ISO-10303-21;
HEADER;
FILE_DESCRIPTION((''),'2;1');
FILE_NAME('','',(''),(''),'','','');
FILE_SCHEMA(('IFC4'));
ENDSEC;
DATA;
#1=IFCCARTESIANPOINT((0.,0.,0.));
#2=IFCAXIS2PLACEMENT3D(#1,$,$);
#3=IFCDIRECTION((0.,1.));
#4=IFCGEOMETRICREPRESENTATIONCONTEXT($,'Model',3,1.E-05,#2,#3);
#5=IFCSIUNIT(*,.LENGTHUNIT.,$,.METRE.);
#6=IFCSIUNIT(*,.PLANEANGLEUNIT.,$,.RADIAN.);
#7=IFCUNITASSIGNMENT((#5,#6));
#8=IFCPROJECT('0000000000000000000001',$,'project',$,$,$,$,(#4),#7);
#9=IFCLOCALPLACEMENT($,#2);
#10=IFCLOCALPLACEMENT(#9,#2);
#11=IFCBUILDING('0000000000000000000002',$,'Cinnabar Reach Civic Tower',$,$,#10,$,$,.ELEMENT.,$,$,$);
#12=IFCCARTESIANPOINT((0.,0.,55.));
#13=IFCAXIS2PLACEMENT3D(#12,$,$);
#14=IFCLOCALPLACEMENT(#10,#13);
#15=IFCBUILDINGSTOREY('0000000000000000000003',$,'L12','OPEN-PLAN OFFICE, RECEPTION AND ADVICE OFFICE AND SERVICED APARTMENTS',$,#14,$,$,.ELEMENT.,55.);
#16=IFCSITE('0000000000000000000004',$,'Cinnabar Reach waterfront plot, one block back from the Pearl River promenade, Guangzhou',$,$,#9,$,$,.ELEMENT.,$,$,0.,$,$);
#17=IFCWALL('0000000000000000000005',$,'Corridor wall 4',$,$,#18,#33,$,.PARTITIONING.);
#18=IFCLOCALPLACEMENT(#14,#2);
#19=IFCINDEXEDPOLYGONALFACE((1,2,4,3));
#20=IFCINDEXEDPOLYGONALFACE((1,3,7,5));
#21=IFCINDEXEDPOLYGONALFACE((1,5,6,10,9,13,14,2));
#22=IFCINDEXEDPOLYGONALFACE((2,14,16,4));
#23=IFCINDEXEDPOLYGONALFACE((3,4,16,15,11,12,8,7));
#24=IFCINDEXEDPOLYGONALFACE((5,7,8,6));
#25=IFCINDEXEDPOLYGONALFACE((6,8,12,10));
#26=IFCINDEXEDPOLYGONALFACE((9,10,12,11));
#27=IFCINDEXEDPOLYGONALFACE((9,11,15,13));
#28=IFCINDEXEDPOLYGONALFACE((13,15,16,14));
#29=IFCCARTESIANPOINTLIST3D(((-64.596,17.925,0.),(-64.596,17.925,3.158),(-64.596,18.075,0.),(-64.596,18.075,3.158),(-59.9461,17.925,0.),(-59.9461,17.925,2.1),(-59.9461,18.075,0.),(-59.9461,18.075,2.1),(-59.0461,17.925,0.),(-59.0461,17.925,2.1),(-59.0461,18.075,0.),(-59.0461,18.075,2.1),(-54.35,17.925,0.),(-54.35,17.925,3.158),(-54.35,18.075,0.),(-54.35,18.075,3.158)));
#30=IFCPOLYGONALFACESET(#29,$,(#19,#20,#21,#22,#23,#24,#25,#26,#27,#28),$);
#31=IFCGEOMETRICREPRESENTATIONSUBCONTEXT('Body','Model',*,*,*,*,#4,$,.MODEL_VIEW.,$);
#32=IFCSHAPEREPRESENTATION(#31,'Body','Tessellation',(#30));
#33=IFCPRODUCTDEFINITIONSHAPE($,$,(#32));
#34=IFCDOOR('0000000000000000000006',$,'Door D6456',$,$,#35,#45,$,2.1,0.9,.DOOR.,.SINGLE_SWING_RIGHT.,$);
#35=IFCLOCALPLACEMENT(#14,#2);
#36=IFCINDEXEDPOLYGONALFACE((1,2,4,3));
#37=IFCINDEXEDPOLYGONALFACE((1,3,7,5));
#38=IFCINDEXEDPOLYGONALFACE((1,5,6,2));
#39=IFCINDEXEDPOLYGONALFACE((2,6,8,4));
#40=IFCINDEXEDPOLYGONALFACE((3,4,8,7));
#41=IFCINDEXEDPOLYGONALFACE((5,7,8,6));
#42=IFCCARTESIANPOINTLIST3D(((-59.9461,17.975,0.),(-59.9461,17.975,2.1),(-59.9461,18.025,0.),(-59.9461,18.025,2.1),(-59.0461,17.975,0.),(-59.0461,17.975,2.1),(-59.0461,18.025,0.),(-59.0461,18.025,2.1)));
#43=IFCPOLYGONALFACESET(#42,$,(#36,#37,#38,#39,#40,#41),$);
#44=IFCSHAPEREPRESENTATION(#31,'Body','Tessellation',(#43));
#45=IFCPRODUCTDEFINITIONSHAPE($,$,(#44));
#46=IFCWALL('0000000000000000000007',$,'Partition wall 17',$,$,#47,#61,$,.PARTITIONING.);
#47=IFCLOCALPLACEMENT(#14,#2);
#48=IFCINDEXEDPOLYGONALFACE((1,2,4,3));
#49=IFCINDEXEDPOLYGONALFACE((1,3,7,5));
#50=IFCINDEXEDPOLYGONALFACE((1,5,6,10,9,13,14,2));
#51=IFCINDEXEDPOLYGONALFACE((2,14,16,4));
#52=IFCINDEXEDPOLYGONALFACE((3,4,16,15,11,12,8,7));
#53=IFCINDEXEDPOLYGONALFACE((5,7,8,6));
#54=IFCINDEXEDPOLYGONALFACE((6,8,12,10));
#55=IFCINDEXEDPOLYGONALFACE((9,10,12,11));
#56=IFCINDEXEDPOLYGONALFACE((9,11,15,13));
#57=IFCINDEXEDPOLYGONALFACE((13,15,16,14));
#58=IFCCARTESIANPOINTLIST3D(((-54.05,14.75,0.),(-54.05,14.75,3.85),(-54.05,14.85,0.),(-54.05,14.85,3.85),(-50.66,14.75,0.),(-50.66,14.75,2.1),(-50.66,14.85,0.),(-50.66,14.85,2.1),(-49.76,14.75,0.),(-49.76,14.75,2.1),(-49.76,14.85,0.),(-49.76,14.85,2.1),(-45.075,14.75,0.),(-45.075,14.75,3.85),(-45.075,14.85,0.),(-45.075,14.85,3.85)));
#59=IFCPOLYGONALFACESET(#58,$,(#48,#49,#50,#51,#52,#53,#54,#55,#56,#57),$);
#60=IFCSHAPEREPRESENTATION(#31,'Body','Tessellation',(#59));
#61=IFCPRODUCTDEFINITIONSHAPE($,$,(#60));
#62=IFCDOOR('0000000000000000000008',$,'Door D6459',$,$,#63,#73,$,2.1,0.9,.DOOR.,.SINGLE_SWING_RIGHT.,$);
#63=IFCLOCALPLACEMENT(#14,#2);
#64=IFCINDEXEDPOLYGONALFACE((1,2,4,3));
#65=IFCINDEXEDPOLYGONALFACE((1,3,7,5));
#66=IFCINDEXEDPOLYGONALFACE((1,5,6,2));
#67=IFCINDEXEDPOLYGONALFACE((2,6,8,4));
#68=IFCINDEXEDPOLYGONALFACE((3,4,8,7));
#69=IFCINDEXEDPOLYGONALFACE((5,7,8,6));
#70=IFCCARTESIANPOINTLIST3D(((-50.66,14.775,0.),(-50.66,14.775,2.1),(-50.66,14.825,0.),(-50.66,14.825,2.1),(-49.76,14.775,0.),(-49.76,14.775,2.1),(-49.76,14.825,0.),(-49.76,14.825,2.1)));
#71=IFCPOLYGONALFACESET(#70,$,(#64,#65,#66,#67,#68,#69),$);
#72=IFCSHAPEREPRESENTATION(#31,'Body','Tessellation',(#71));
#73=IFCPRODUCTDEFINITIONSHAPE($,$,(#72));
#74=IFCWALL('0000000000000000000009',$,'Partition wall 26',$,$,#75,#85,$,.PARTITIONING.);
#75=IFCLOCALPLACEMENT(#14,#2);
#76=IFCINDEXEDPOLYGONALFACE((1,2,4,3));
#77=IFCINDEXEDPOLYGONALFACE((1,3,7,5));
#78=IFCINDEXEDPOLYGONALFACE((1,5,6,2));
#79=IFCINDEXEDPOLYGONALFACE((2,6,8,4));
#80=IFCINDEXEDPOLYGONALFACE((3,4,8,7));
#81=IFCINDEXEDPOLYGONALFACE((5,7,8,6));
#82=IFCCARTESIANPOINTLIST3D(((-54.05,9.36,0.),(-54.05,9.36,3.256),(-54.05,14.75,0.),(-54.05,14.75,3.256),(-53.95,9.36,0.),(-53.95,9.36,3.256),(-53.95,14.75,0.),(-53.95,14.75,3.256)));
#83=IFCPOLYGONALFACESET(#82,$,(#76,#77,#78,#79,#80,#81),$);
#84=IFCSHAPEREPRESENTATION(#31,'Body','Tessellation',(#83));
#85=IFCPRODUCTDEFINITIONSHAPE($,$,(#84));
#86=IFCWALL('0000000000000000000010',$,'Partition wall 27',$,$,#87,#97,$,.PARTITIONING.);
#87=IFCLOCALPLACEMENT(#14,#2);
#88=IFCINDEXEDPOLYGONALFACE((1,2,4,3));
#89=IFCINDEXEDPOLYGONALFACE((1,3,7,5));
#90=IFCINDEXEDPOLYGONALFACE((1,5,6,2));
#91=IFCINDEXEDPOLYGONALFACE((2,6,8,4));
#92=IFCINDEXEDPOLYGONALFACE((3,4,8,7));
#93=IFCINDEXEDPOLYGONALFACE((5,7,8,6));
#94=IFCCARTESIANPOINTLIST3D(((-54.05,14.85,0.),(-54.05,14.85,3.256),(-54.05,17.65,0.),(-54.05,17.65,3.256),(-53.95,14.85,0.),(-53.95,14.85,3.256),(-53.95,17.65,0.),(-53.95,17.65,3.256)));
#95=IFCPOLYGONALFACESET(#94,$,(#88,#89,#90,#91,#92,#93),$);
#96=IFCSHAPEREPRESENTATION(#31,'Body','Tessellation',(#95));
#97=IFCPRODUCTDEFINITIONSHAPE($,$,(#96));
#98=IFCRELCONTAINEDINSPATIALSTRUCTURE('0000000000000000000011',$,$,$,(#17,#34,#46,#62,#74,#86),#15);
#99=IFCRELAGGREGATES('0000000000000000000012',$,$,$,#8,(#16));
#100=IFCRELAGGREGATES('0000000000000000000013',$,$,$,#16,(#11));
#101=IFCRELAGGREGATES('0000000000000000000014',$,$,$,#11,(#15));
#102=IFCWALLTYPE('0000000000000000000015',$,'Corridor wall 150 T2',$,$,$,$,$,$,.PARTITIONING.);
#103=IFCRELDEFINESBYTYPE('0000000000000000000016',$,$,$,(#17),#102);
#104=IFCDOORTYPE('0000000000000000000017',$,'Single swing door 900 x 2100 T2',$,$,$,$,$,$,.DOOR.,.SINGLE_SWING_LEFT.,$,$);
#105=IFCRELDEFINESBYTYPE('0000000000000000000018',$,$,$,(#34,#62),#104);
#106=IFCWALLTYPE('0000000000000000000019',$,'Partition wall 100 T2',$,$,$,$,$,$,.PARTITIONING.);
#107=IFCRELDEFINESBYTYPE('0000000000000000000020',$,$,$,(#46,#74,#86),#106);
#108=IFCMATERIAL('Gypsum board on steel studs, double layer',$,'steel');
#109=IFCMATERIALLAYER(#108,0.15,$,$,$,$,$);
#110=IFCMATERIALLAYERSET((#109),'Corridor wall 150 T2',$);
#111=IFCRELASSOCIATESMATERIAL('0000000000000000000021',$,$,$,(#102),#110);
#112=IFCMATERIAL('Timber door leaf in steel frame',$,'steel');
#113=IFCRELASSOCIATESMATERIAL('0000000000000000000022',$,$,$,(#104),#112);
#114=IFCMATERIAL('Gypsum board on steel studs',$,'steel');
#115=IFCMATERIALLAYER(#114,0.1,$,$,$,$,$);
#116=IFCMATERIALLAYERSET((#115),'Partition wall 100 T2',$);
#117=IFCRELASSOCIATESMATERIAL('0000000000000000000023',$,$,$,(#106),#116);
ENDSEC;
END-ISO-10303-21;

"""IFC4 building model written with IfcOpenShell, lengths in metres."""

from ifc_helpers import new_model, si_unit, direction, frame, frame_2d, origin, place, context, subcontext, project, spatial, rectangle, extrude, material, layer, layer_set, type_object, element, fill, save


model = new_model("IFC4")

# Units and contexts
model_context = context("Model", 3, precision=1e-05, world=origin(), true_north=direction((0.0, 1.0)))
body_context = subcontext(model_context, "Body", "Model", "MODEL_VIEW")
ifc_project = project(units=[si_unit("LENGTHUNIT", "METRE"), si_unit("PLANEANGLEUNIT", "RADIAN")], contexts=[model_context])

# Site, building, storey
site_placement = place(None, origin())
site = spatial("IfcSite", under=ifc_project, at=site_placement, Name="Cinnabar Reach waterfront plot, one block back from the Pearl River promenade, Guangzhou", CompositionType="ELEMENT", RefElevation=0.0)
building_placement = place(site_placement, origin())
building = spatial("IfcBuilding", under=site, at=building_placement, Name="Cinnabar Reach Civic Tower", CompositionType="ELEMENT")
storey_placement = place(building_placement, frame((0.0, 0.0, 55.0)))
storey = spatial("IfcBuildingStorey", under=building, at=storey_placement, Name="L12", Description="OPEN-PLAN OFFICE, RECEPTION AND ADVICE OFFICE AND SERVICED APARTMENTS", CompositionType="ELEMENT", Elevation=55.0)

# Walls, openings, doors
ifc_material_1 = material(Name="Gypsum board on steel studs, double layer", Category="steel")
ifc_layer_1 = layer(ifc_material_1, 0.15)
ifc_layer_set_1 = layer_set([ifc_layer_1], Name="Corridor wall 150 T2")
wall_type_1 = type_object("IfcWallType", Name="Corridor wall 150 T2", PredefinedType="PARTITIONING", material=ifc_layer_set_1)
wall_1_placement = place(storey_placement, frame((-64.5961, 18.0, 0.0), z_axis=(0.0, 0.0, 1.0), x_axis=(1.0, 0.0, 0.0)))
wall_1 = element("IfcWall", 1, at=wall_1_placement, inside=storey, type_object=wall_type_1, Name="Corridor wall 4", PredefinedType="PARTITIONING", context=body_context, shape_type="SweptSolid", body=[
    extrude(rectangle(XDim=10.2461, YDim=0.15, at=frame_2d((5.1231, 0.0))), origin(), (0.0, 0.0, 1.0), 3.158),
])
opening_1_placement = place(wall_1_placement, frame((4.65, 0.0, 0.0)))
opening_1 = element("IfcOpeningElement", 2, at=opening_1_placement, cuts=wall_1, PredefinedType="OPENING", context=body_context, shape_type="SweptSolid", body=[
    extrude(rectangle(XDim=0.9, YDim=2.1, at=frame_2d((0.45, 1.05))), frame((0.0, 0.085, 0.0), z_axis=(0.0, -1.0, 0.0), x_axis=(1.0, 0.0, 0.0)), (0.0, 0.0, 1.0), 0.17),
])
ifc_material_2 = material(Name="Timber door leaf in steel frame", Category="steel")
door_type = type_object("IfcDoorType", Name="Single swing door 900 x 2100 T2", OperationType="SINGLE_SWING_LEFT", PredefinedType="DOOR", material=ifc_material_2)
door_1_placement = place(opening_1_placement, frame((0.9, 0.0, 0.0), z_axis=(0.0, 0.0, 1.0), x_axis=(-1.0, 0.0, 0.0)))
door_1 = element("IfcDoor", 3, at=door_1_placement, inside=storey, type_object=door_type, Name="Door D6456", OperationType="SINGLE_SWING_RIGHT", OverallHeight=2.1, OverallWidth=0.9, PredefinedType="DOOR", context=body_context, shape_type="SweptSolid", body=[
    extrude(rectangle(XDim=0.9, YDim=2.1, at=frame_2d((0.45, 1.05))), frame((0.0, 0.025, 0.0), z_axis=(0.0, -1.0, 0.0), x_axis=(1.0, 0.0, 0.0)), (0.0, 0.0, 1.0), 0.05),
])
fill(opening_1, door_1)
ifc_material_3 = material(Name="Gypsum board on steel studs", Category="steel")
ifc_layer_2 = layer(ifc_material_3, 0.1)
ifc_layer_set_2 = layer_set([ifc_layer_2], Name="Partition wall 100 T2")
wall_type_2 = type_object("IfcWallType", Name="Partition wall 100 T2", PredefinedType="PARTITIONING", material=ifc_layer_set_2)
wall_2_placement = place(storey_placement, frame((-54.05, 14.8, 0.0), z_axis=(0.0, 0.0, 1.0), x_axis=(1.0, 0.0, 0.0)))
wall_2 = element("IfcWall", 4, at=wall_2_placement, inside=storey, type_object=wall_type_2, Name="Partition wall 17", PredefinedType="PARTITIONING", context=body_context, shape_type="SweptSolid", body=[
    extrude(rectangle(XDim=8.975, YDim=0.1, at=frame_2d((4.4875, 0.0))), origin(), (0.0, 0.0, 1.0), 3.85),
])
opening_2_placement = place(wall_2_placement, frame((3.39, 0.0, 0.0)))
opening_2 = element("IfcOpeningElement", 5, at=opening_2_placement, cuts=wall_2, PredefinedType="OPENING", context=body_context, shape_type="SweptSolid", body=[
    extrude(rectangle(XDim=0.9, YDim=2.1, at=frame_2d((0.45, 1.05))), frame((0.0, 0.06, 0.0), z_axis=(0.0, -1.0, 0.0), x_axis=(1.0, 0.0, 0.0)), (0.0, 0.0, 1.0), 0.12),
])
door_2_placement = place(opening_2_placement, origin())
door_2 = element("IfcDoor", 6, at=door_2_placement, inside=storey, type_object=door_type, Name="Door D6459", OperationType="SINGLE_SWING_RIGHT", OverallHeight=2.1, OverallWidth=0.9, PredefinedType="DOOR", context=body_context, shape_type="SweptSolid", body=[
    extrude(rectangle(XDim=0.9, YDim=2.1, at=frame_2d((0.45, 1.05))), frame((0.0, 0.025, 0.0), z_axis=(0.0, -1.0, 0.0), x_axis=(1.0, 0.0, 0.0)), (0.0, 0.0, 1.0), 0.05),
])
fill(opening_2, door_2)

# Walls
wall_3_placement = place(storey_placement, frame((-54.0, 9.36, 0.0), z_axis=(0.0, 0.0, 1.0), x_axis=(0.0, 1.0, 0.0)))
element("IfcWall", 7, at=wall_3_placement, inside=storey, type_object=wall_type_2, Name="Partition wall 26", PredefinedType="PARTITIONING", context=body_context, shape_type="SweptSolid", body=[
    extrude(rectangle(XDim=5.39, YDim=0.1, at=frame_2d((2.695, 0.0))), origin(), (0.0, 0.0, 1.0), 3.256),
])
wall_4_placement = place(storey_placement, frame((-54.0, 14.85, 0.0), z_axis=(0.0, 0.0, 1.0), x_axis=(0.0, 1.0, 0.0)))
element("IfcWall", 8, at=wall_4_placement, inside=storey, type_object=wall_type_2, Name="Partition wall 27", PredefinedType="PARTITIONING", context=body_context, shape_type="SweptSolid", body=[
    extrude(rectangle(XDim=2.8, YDim=0.1, at=frame_2d((1.4, 0.0))), origin(), (0.0, 0.0, 1.0), 3.256),
])

save(model, "model.ifc")
